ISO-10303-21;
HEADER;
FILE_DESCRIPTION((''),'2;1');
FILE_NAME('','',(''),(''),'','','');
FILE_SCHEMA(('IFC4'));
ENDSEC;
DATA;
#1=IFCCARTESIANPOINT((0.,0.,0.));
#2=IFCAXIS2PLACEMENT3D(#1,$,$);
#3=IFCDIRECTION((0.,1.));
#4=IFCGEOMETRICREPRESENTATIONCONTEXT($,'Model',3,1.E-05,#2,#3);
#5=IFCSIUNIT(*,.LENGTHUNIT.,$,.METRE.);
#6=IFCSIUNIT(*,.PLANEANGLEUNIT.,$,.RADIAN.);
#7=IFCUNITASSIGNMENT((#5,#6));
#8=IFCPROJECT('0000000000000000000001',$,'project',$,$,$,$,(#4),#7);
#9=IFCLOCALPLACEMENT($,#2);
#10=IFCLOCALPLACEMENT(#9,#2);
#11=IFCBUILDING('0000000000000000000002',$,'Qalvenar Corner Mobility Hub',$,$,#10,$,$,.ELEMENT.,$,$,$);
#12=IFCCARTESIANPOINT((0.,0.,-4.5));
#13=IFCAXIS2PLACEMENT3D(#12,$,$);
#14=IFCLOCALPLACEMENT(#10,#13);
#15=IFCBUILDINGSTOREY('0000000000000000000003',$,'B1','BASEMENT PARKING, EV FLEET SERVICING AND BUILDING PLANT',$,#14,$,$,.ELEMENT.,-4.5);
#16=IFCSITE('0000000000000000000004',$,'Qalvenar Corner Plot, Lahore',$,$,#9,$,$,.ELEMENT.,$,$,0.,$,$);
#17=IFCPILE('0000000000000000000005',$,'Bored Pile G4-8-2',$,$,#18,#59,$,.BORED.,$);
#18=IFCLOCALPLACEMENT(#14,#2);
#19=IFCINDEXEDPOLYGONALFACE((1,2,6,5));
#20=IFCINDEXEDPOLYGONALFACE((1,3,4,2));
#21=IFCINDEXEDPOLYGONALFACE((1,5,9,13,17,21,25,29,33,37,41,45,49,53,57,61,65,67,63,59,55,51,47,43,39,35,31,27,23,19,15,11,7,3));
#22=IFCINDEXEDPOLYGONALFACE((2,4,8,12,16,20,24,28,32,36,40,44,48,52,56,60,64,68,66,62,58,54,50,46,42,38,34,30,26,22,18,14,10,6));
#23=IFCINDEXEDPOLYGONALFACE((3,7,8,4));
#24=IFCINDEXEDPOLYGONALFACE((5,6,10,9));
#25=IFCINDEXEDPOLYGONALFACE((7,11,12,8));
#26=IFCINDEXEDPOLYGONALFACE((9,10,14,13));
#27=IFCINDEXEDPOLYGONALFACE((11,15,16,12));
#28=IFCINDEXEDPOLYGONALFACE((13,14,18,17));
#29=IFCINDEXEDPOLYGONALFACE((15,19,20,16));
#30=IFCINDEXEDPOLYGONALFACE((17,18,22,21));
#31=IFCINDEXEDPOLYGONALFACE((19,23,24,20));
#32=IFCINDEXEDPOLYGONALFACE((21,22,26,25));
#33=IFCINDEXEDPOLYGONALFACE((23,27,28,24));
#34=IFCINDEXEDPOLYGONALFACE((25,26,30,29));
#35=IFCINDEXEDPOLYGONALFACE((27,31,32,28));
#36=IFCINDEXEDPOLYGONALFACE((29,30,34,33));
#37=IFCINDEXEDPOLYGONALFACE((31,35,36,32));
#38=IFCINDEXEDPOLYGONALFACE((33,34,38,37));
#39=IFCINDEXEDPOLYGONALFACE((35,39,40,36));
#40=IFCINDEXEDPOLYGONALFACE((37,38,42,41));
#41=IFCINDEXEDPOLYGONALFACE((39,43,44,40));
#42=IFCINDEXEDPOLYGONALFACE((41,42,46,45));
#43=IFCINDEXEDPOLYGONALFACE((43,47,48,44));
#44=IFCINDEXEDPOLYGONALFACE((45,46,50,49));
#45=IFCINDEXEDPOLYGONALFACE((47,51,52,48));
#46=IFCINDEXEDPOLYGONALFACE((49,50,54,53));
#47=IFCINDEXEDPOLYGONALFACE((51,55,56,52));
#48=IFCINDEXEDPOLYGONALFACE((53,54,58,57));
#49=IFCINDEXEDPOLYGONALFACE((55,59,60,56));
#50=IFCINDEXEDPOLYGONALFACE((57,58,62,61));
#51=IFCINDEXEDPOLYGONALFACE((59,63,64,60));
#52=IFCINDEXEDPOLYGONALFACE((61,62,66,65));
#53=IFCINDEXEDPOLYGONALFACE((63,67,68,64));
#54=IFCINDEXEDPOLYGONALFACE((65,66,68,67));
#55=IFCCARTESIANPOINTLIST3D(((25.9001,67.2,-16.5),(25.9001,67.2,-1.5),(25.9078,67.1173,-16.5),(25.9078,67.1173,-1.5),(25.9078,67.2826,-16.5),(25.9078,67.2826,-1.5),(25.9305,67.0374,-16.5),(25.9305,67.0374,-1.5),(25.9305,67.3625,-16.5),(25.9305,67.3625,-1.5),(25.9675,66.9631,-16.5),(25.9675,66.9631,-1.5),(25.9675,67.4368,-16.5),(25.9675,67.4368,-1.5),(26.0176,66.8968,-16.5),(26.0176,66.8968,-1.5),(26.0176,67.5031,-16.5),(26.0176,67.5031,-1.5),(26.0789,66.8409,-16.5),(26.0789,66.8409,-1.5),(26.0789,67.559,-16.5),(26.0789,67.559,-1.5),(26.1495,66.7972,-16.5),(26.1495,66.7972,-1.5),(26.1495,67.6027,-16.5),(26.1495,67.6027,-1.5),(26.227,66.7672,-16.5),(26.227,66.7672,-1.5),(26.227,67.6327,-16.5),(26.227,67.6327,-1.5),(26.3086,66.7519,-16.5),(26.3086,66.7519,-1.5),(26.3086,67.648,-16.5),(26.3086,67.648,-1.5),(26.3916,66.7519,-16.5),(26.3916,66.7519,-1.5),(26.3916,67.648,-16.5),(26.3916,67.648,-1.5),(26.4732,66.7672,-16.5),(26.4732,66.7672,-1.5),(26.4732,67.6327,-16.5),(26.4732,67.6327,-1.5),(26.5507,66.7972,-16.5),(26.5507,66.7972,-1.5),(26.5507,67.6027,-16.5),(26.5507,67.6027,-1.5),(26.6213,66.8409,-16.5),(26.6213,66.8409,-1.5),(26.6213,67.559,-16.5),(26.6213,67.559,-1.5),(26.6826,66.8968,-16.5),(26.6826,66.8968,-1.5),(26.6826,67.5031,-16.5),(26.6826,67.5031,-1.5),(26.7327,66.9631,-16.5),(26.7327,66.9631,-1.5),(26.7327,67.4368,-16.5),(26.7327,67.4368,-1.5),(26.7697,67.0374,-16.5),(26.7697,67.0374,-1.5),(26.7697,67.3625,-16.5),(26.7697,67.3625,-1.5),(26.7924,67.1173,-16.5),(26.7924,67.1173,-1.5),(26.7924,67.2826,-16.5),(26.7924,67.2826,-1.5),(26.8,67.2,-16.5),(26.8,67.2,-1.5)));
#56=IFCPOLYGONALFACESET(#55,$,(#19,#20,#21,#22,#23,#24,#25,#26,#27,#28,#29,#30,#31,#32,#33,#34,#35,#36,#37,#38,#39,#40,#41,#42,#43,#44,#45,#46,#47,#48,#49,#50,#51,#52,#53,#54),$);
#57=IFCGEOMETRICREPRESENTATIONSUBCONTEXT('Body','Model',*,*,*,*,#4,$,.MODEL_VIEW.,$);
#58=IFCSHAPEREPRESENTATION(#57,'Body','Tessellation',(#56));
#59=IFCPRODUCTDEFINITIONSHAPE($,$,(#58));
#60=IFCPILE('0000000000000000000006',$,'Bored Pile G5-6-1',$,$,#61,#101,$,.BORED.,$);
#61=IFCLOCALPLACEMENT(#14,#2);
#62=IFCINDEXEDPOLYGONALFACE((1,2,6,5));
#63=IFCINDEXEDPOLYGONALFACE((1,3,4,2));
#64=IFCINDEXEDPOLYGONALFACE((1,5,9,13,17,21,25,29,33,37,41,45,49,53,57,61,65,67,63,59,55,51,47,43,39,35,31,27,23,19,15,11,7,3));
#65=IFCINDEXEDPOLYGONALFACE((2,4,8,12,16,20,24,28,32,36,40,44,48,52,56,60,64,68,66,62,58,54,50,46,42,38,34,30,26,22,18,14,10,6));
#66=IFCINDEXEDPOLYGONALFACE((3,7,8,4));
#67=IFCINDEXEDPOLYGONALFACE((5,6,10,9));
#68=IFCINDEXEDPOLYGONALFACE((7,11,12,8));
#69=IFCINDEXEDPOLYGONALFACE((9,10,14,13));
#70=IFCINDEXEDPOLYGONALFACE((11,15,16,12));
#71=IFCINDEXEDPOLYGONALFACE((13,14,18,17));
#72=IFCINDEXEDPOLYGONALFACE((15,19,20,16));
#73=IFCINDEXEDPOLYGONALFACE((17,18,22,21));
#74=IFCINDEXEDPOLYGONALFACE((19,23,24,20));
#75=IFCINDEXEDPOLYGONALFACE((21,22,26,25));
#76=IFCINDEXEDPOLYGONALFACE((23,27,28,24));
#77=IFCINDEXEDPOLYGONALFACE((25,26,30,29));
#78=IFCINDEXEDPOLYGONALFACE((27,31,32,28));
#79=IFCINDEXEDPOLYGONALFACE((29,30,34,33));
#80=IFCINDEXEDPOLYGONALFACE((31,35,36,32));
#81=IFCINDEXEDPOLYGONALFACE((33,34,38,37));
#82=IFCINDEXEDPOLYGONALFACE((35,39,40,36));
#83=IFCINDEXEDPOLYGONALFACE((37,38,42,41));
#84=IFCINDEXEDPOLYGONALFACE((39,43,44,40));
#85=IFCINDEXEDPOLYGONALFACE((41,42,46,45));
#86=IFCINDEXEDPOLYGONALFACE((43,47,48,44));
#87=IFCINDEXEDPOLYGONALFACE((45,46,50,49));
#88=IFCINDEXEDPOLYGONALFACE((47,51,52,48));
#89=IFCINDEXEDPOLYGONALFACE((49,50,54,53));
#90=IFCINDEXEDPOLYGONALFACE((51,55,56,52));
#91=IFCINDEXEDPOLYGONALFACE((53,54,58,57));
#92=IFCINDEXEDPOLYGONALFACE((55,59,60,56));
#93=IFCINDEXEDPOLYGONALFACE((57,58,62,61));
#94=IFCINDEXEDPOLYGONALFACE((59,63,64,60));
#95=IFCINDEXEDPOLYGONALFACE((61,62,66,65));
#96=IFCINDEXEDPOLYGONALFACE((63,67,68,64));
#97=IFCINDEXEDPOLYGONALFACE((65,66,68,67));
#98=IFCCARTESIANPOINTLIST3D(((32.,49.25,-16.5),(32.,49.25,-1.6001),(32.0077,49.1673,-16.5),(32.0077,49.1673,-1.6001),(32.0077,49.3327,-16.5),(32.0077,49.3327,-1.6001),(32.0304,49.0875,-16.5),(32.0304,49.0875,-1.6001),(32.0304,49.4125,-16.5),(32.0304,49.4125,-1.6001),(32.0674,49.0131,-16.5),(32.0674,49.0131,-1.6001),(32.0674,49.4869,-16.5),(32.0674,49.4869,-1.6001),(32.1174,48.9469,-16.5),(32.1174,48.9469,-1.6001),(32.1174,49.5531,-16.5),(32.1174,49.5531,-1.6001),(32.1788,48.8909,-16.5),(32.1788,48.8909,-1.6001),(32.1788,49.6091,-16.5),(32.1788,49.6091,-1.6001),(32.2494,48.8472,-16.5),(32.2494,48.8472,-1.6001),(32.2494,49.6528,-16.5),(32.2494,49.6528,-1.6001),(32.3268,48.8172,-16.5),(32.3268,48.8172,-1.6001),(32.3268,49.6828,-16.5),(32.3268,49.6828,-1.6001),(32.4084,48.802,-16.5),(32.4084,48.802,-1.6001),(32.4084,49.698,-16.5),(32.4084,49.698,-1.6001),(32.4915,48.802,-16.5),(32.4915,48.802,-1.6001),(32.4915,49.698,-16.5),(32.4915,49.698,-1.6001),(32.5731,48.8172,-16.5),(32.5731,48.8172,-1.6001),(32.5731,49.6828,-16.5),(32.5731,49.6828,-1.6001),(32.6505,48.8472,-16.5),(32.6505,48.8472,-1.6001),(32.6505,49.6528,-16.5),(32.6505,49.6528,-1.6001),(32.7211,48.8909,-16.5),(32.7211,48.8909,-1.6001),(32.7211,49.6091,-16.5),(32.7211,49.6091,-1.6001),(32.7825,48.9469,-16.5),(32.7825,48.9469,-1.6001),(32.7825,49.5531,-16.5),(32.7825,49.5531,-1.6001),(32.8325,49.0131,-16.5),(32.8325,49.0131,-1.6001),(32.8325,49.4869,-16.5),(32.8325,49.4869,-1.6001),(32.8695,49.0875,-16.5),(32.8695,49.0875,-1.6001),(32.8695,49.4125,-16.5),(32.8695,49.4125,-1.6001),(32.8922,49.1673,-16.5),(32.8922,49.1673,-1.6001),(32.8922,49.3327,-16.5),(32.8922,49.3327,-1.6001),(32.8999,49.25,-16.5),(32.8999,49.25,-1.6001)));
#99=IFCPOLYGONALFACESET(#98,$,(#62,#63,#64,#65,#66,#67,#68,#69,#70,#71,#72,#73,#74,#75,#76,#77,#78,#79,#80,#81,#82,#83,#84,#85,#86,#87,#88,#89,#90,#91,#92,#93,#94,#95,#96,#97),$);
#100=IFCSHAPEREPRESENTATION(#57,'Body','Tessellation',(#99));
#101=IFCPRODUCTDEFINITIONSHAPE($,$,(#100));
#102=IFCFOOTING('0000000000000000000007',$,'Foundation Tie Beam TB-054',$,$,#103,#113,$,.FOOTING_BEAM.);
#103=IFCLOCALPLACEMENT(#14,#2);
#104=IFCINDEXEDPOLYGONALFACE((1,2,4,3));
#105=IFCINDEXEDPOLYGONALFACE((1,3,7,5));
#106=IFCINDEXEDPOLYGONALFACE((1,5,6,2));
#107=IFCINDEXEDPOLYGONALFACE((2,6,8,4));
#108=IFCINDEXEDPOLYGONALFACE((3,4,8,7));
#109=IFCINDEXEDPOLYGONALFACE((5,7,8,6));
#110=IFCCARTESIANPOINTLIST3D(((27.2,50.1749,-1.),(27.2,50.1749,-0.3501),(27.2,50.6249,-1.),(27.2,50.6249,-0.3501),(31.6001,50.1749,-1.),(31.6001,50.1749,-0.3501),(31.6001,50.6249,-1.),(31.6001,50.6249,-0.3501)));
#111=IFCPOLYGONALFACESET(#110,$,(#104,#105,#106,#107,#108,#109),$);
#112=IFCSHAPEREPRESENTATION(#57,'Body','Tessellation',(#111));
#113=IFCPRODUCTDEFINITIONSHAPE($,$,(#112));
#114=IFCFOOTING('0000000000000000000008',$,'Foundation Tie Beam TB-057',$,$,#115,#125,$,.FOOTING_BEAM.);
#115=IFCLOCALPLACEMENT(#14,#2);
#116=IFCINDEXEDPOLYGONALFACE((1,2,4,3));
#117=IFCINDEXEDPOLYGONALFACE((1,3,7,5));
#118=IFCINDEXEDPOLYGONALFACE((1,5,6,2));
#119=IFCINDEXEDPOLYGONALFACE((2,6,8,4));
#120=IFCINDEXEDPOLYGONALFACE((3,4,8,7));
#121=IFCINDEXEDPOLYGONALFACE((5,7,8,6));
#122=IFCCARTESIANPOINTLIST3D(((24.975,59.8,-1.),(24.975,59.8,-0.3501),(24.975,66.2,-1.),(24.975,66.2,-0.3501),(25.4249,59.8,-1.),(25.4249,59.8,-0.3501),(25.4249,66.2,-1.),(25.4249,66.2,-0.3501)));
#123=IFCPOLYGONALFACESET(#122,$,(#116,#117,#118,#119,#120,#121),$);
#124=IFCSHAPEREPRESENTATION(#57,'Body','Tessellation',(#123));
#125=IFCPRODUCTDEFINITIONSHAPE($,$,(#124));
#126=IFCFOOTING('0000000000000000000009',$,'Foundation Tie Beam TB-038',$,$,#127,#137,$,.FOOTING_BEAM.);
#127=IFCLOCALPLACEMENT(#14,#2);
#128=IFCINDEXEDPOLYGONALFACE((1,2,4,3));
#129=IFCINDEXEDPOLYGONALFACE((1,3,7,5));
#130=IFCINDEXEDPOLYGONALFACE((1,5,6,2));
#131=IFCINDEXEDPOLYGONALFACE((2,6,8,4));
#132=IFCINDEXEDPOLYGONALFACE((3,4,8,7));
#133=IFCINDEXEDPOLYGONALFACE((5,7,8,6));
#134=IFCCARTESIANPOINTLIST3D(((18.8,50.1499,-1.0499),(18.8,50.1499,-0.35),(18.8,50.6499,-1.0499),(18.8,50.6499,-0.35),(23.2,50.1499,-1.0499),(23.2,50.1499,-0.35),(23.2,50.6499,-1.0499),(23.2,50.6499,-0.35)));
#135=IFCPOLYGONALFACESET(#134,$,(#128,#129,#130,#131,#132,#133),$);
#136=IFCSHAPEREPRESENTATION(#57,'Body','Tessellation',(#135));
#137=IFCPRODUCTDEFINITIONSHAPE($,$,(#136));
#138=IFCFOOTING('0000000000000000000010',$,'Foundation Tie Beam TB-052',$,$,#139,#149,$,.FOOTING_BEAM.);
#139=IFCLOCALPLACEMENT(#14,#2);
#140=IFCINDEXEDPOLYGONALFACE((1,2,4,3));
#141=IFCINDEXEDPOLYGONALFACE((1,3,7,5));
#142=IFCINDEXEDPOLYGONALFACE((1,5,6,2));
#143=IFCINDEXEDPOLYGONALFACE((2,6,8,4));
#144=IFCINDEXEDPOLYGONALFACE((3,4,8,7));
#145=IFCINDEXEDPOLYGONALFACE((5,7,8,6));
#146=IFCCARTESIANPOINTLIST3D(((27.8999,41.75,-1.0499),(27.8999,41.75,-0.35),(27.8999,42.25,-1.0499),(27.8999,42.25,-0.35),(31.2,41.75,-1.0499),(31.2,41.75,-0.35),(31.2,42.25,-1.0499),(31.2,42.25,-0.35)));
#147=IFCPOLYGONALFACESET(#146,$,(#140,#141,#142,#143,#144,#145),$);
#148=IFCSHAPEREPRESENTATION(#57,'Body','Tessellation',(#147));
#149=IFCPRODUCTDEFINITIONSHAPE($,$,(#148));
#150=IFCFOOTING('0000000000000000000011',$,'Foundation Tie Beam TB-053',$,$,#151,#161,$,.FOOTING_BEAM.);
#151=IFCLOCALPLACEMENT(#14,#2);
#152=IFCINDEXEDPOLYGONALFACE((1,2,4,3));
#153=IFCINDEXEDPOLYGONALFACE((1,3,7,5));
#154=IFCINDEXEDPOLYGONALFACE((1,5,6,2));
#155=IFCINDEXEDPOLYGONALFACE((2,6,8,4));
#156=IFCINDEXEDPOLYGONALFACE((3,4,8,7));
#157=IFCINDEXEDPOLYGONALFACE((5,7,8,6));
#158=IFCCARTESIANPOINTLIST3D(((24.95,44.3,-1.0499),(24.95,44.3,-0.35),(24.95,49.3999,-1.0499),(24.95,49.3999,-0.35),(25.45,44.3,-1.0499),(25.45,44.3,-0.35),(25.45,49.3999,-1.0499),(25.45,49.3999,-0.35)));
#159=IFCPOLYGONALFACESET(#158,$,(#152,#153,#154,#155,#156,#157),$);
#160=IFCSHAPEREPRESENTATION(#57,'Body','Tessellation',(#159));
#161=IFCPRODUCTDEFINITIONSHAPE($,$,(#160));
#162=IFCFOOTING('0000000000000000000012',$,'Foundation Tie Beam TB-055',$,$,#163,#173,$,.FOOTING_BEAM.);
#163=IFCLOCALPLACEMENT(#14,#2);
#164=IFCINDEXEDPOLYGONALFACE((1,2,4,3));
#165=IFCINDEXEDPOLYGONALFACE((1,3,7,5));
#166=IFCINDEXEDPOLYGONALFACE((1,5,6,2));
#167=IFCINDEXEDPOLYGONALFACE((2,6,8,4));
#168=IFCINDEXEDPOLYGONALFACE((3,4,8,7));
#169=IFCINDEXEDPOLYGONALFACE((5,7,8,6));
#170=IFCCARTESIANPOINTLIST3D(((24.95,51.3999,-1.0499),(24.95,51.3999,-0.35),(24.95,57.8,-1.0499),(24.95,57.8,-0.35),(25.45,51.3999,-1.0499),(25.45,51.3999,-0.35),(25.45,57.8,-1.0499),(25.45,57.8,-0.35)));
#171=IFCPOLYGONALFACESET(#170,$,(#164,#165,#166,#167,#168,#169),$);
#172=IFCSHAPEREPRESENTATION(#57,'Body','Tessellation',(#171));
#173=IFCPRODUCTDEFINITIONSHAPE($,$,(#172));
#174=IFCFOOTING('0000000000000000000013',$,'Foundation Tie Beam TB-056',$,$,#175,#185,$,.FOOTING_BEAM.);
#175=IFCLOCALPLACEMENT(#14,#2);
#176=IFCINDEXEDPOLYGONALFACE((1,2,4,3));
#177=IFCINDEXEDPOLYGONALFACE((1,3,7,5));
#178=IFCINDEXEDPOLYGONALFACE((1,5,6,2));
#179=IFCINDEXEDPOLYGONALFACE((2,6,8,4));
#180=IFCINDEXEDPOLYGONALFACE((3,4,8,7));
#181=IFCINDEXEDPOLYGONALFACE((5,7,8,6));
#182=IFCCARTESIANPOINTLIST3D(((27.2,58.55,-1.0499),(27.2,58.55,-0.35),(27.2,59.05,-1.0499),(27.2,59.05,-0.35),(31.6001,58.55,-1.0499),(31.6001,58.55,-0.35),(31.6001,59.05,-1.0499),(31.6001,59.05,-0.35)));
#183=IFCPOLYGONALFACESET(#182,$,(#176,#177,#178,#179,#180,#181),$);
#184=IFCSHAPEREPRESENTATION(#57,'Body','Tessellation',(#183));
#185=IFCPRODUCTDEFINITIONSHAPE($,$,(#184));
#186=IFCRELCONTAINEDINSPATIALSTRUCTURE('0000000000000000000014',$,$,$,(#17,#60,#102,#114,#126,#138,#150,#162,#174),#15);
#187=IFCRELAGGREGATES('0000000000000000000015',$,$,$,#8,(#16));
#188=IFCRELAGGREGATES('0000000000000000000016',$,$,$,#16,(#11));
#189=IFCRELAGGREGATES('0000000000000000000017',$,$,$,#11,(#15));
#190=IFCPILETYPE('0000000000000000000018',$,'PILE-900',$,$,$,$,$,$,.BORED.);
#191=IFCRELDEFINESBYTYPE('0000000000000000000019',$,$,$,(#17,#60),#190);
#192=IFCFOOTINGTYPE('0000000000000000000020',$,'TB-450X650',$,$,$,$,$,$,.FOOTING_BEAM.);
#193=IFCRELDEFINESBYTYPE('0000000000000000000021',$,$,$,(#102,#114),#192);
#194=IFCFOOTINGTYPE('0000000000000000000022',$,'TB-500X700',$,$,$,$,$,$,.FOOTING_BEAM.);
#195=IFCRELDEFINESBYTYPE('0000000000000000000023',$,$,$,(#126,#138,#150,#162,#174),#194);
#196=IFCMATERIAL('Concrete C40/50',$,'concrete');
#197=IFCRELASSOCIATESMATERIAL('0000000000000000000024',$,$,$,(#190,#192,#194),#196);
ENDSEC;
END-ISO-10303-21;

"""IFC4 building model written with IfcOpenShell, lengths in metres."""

from ifc_helpers import new_model, si_unit, direction, frame, origin, origin_2d, place, context, subcontext, project, spatial, rectangle, circle, extrude, material, material_profile, profile_set, type_object, element, save


model = new_model("IFC4")

# Units and contexts
model_context = context("Model", 3, precision=1e-05, world=origin(), true_north=direction((0.0, 1.0)))
body_context = subcontext(model_context, "Body", "Model", "MODEL_VIEW")
ifc_project = project(units=[si_unit("LENGTHUNIT", "METRE"), si_unit("PLANEANGLEUNIT", "RADIAN")], contexts=[model_context])

# Site, building, storey
site_placement = place(None, origin())
site = spatial("IfcSite", under=ifc_project, at=site_placement, Name="Qalvenar Corner Plot, Lahore", CompositionType="ELEMENT", RefElevation=0.0)
building_placement = place(site_placement, origin())
building = spatial("IfcBuilding", under=site, at=building_placement, Name="Qalvenar Corner Mobility Hub", CompositionType="ELEMENT")
storey_placement = place(building_placement, frame((0.0, 0.0, -4.5)))
storey = spatial("IfcBuildingStorey", under=building, at=storey_placement, Name="B1", Description="BASEMENT PARKING, EV FLEET SERVICING AND BUILDING PLANT", CompositionType="ELEMENT", Elevation=-4.5)

# Shared definitions
ifc_material_1 = material(Name="Concrete C40/50", Category="concrete")

# Piles
ifc_material_profile_1 = material_profile(ifc_material_1, circle(Radius=0.45, at=origin_2d()), Name="DIA900")
ifc_profile_set_1 = profile_set([ifc_material_profile_1], Name="Concrete C40/50")
pile_type_1 = type_object("IfcPileType", Name="PILE-900", PredefinedType="BORED", material=ifc_profile_set_1)
for number, where, z_axis, x_axis, name in (
    (1, (26.3501, 67.2, -1.5), (0.0, 0.0, -1.0), (1.0, 0.0, 0.0), "Bored Pile G4-8-2"),
):
    element("IfcPile", number, at=place(storey_placement, frame(where, z_axis=z_axis, x_axis=x_axis)), inside=storey, type_object=pile_type_1, Name=name, PredefinedType="BORED", context=body_context, shape_type="SweptSolid", body=[
        extrude(circle(Radius=0.45, at=origin_2d()), origin(), (0.0, 0.0, 1.0), 15.0),
    ])
pile_placement = place(storey_placement, frame((32.45, 49.25, -1.6001), z_axis=(0.0, 0.0, -1.0), x_axis=(1.0, 0.0, 0.0)))
element("IfcPile", 2, at=pile_placement, inside=storey, type_object=pile_type_1, Name="Bored Pile G5-6-1", PredefinedType="BORED", context=body_context, shape_type="SweptSolid", body=[
    extrude(circle(Radius=0.45, at=origin_2d()), origin(), (0.0, 0.0, 1.0), 14.8999),
])

# Footings
ifc_material_profile_2 = material_profile(ifc_material_1, rectangle(XDim=0.45, YDim=0.6499, at=origin_2d()), Name="RC450x650")
ifc_profile_set_2 = profile_set([ifc_material_profile_2], Name="Concrete C40/50")
footing_type_1 = type_object("IfcFootingType", Name="TB-450X650", PredefinedType="FOOTING_BEAM", material=ifc_profile_set_2)
footing_1_placement = place(storey_placement, frame((27.2, 50.3999, -0.675), z_axis=(1.0, 0.0, 0.0), x_axis=(0.0, 1.0, 0.0)))
element("IfcFooting", 3, at=footing_1_placement, inside=storey, type_object=footing_type_1, Name="Foundation Tie Beam TB-054", PredefinedType="FOOTING_BEAM", context=body_context, shape_type="SweptSolid", body=[
    extrude(rectangle(XDim=0.45, YDim=0.6499, at=origin_2d()), origin(), (0.0, 0.0, 1.0), 4.4001),
])
footing_2_placement = place(storey_placement, frame((25.2, 59.8, -0.675), z_axis=(0.0, 1.0, 0.0), x_axis=(-1.0, 0.0, 0.0)))
element("IfcFooting", 4, at=footing_2_placement, inside=storey, type_object=footing_type_1, Name="Foundation Tie Beam TB-057", PredefinedType="FOOTING_BEAM", context=body_context, shape_type="SweptSolid", body=[
    extrude(rectangle(XDim=0.45, YDim=0.6499, at=origin_2d()), origin(), (0.0, 0.0, 1.0), 6.3999),
])
ifc_material_profile_3 = material_profile(ifc_material_1, rectangle(XDim=0.5, YDim=0.7, at=origin_2d()), Name="RC500x700")
ifc_profile_set_3 = profile_set([ifc_material_profile_3], Name="Concrete C40/50")
footing_type_2 = type_object("IfcFootingType", Name="TB-500X700", PredefinedType="FOOTING_BEAM", material=ifc_profile_set_3)
footing_3_placement = place(storey_placement, frame((18.8, 50.3999, -0.7), z_axis=(1.0, 0.0, 0.0), x_axis=(0.0, 1.0, 0.0)))
element("IfcFooting", 5, at=footing_3_placement, inside=storey, type_object=footing_type_2, Name="Foundation Tie Beam TB-038", PredefinedType="FOOTING_BEAM", context=body_context, shape_type="SweptSolid", body=[
    extrude(rectangle(XDim=0.5, YDim=0.7, at=origin_2d()), origin(), (0.0, 0.0, 1.0), 4.3999),
])
footing_4_placement = place(storey_placement, frame((27.8999, 42.0, -0.7), z_axis=(1.0, 0.0, 0.0), x_axis=(0.0, 1.0, 0.0)))
element("IfcFooting", 6, at=footing_4_placement, inside=storey, type_object=footing_type_2, Name="Foundation Tie Beam TB-052", PredefinedType="FOOTING_BEAM", context=body_context, shape_type="SweptSolid", body=[
    extrude(rectangle(XDim=0.5, YDim=0.7, at=origin_2d()), origin(), (0.0, 0.0, 1.0), 3.3),
])
footing_5_placement = place(storey_placement, frame((25.2, 44.3, -0.7), z_axis=(0.0, 1.0, 0.0), x_axis=(-1.0, 0.0, 0.0)))
element("IfcFooting", 7, at=footing_5_placement, inside=storey, type_object=footing_type_2, Name="Foundation Tie Beam TB-053", PredefinedType="FOOTING_BEAM", context=body_context, shape_type="SweptSolid", body=[
    extrude(rectangle(XDim=0.5, YDim=0.7, at=origin_2d()), origin(), (0.0, 0.0, 1.0), 5.0999),
])
footing_6_placement = place(storey_placement, frame((25.2, 51.3999, -0.7), z_axis=(0.0, 1.0, 0.0), x_axis=(-1.0, 0.0, 0.0)))
element("IfcFooting", 8, at=footing_6_placement, inside=storey, type_object=footing_type_2, Name="Foundation Tie Beam TB-055", PredefinedType="FOOTING_BEAM", context=body_context, shape_type="SweptSolid", body=[
    extrude(rectangle(XDim=0.5, YDim=0.7, at=origin_2d()), origin(), (0.0, 0.0, 1.0), 6.4001),
])
footing_7_placement = place(storey_placement, frame((27.2, 58.8, -0.7), z_axis=(1.0, 0.0, 0.0), x_axis=(0.0, 1.0, 0.0)))
element("IfcFooting", 9, at=footing_7_placement, inside=storey, type_object=footing_type_2, Name="Foundation Tie Beam TB-056", PredefinedType="FOOTING_BEAM", context=body_context, shape_type="SweptSolid", body=[
    extrude(rectangle(XDim=0.5, YDim=0.7, at=origin_2d()), origin(), (0.0, 0.0, 1.0), 4.4001),
])

save(model, "model.ifc")
